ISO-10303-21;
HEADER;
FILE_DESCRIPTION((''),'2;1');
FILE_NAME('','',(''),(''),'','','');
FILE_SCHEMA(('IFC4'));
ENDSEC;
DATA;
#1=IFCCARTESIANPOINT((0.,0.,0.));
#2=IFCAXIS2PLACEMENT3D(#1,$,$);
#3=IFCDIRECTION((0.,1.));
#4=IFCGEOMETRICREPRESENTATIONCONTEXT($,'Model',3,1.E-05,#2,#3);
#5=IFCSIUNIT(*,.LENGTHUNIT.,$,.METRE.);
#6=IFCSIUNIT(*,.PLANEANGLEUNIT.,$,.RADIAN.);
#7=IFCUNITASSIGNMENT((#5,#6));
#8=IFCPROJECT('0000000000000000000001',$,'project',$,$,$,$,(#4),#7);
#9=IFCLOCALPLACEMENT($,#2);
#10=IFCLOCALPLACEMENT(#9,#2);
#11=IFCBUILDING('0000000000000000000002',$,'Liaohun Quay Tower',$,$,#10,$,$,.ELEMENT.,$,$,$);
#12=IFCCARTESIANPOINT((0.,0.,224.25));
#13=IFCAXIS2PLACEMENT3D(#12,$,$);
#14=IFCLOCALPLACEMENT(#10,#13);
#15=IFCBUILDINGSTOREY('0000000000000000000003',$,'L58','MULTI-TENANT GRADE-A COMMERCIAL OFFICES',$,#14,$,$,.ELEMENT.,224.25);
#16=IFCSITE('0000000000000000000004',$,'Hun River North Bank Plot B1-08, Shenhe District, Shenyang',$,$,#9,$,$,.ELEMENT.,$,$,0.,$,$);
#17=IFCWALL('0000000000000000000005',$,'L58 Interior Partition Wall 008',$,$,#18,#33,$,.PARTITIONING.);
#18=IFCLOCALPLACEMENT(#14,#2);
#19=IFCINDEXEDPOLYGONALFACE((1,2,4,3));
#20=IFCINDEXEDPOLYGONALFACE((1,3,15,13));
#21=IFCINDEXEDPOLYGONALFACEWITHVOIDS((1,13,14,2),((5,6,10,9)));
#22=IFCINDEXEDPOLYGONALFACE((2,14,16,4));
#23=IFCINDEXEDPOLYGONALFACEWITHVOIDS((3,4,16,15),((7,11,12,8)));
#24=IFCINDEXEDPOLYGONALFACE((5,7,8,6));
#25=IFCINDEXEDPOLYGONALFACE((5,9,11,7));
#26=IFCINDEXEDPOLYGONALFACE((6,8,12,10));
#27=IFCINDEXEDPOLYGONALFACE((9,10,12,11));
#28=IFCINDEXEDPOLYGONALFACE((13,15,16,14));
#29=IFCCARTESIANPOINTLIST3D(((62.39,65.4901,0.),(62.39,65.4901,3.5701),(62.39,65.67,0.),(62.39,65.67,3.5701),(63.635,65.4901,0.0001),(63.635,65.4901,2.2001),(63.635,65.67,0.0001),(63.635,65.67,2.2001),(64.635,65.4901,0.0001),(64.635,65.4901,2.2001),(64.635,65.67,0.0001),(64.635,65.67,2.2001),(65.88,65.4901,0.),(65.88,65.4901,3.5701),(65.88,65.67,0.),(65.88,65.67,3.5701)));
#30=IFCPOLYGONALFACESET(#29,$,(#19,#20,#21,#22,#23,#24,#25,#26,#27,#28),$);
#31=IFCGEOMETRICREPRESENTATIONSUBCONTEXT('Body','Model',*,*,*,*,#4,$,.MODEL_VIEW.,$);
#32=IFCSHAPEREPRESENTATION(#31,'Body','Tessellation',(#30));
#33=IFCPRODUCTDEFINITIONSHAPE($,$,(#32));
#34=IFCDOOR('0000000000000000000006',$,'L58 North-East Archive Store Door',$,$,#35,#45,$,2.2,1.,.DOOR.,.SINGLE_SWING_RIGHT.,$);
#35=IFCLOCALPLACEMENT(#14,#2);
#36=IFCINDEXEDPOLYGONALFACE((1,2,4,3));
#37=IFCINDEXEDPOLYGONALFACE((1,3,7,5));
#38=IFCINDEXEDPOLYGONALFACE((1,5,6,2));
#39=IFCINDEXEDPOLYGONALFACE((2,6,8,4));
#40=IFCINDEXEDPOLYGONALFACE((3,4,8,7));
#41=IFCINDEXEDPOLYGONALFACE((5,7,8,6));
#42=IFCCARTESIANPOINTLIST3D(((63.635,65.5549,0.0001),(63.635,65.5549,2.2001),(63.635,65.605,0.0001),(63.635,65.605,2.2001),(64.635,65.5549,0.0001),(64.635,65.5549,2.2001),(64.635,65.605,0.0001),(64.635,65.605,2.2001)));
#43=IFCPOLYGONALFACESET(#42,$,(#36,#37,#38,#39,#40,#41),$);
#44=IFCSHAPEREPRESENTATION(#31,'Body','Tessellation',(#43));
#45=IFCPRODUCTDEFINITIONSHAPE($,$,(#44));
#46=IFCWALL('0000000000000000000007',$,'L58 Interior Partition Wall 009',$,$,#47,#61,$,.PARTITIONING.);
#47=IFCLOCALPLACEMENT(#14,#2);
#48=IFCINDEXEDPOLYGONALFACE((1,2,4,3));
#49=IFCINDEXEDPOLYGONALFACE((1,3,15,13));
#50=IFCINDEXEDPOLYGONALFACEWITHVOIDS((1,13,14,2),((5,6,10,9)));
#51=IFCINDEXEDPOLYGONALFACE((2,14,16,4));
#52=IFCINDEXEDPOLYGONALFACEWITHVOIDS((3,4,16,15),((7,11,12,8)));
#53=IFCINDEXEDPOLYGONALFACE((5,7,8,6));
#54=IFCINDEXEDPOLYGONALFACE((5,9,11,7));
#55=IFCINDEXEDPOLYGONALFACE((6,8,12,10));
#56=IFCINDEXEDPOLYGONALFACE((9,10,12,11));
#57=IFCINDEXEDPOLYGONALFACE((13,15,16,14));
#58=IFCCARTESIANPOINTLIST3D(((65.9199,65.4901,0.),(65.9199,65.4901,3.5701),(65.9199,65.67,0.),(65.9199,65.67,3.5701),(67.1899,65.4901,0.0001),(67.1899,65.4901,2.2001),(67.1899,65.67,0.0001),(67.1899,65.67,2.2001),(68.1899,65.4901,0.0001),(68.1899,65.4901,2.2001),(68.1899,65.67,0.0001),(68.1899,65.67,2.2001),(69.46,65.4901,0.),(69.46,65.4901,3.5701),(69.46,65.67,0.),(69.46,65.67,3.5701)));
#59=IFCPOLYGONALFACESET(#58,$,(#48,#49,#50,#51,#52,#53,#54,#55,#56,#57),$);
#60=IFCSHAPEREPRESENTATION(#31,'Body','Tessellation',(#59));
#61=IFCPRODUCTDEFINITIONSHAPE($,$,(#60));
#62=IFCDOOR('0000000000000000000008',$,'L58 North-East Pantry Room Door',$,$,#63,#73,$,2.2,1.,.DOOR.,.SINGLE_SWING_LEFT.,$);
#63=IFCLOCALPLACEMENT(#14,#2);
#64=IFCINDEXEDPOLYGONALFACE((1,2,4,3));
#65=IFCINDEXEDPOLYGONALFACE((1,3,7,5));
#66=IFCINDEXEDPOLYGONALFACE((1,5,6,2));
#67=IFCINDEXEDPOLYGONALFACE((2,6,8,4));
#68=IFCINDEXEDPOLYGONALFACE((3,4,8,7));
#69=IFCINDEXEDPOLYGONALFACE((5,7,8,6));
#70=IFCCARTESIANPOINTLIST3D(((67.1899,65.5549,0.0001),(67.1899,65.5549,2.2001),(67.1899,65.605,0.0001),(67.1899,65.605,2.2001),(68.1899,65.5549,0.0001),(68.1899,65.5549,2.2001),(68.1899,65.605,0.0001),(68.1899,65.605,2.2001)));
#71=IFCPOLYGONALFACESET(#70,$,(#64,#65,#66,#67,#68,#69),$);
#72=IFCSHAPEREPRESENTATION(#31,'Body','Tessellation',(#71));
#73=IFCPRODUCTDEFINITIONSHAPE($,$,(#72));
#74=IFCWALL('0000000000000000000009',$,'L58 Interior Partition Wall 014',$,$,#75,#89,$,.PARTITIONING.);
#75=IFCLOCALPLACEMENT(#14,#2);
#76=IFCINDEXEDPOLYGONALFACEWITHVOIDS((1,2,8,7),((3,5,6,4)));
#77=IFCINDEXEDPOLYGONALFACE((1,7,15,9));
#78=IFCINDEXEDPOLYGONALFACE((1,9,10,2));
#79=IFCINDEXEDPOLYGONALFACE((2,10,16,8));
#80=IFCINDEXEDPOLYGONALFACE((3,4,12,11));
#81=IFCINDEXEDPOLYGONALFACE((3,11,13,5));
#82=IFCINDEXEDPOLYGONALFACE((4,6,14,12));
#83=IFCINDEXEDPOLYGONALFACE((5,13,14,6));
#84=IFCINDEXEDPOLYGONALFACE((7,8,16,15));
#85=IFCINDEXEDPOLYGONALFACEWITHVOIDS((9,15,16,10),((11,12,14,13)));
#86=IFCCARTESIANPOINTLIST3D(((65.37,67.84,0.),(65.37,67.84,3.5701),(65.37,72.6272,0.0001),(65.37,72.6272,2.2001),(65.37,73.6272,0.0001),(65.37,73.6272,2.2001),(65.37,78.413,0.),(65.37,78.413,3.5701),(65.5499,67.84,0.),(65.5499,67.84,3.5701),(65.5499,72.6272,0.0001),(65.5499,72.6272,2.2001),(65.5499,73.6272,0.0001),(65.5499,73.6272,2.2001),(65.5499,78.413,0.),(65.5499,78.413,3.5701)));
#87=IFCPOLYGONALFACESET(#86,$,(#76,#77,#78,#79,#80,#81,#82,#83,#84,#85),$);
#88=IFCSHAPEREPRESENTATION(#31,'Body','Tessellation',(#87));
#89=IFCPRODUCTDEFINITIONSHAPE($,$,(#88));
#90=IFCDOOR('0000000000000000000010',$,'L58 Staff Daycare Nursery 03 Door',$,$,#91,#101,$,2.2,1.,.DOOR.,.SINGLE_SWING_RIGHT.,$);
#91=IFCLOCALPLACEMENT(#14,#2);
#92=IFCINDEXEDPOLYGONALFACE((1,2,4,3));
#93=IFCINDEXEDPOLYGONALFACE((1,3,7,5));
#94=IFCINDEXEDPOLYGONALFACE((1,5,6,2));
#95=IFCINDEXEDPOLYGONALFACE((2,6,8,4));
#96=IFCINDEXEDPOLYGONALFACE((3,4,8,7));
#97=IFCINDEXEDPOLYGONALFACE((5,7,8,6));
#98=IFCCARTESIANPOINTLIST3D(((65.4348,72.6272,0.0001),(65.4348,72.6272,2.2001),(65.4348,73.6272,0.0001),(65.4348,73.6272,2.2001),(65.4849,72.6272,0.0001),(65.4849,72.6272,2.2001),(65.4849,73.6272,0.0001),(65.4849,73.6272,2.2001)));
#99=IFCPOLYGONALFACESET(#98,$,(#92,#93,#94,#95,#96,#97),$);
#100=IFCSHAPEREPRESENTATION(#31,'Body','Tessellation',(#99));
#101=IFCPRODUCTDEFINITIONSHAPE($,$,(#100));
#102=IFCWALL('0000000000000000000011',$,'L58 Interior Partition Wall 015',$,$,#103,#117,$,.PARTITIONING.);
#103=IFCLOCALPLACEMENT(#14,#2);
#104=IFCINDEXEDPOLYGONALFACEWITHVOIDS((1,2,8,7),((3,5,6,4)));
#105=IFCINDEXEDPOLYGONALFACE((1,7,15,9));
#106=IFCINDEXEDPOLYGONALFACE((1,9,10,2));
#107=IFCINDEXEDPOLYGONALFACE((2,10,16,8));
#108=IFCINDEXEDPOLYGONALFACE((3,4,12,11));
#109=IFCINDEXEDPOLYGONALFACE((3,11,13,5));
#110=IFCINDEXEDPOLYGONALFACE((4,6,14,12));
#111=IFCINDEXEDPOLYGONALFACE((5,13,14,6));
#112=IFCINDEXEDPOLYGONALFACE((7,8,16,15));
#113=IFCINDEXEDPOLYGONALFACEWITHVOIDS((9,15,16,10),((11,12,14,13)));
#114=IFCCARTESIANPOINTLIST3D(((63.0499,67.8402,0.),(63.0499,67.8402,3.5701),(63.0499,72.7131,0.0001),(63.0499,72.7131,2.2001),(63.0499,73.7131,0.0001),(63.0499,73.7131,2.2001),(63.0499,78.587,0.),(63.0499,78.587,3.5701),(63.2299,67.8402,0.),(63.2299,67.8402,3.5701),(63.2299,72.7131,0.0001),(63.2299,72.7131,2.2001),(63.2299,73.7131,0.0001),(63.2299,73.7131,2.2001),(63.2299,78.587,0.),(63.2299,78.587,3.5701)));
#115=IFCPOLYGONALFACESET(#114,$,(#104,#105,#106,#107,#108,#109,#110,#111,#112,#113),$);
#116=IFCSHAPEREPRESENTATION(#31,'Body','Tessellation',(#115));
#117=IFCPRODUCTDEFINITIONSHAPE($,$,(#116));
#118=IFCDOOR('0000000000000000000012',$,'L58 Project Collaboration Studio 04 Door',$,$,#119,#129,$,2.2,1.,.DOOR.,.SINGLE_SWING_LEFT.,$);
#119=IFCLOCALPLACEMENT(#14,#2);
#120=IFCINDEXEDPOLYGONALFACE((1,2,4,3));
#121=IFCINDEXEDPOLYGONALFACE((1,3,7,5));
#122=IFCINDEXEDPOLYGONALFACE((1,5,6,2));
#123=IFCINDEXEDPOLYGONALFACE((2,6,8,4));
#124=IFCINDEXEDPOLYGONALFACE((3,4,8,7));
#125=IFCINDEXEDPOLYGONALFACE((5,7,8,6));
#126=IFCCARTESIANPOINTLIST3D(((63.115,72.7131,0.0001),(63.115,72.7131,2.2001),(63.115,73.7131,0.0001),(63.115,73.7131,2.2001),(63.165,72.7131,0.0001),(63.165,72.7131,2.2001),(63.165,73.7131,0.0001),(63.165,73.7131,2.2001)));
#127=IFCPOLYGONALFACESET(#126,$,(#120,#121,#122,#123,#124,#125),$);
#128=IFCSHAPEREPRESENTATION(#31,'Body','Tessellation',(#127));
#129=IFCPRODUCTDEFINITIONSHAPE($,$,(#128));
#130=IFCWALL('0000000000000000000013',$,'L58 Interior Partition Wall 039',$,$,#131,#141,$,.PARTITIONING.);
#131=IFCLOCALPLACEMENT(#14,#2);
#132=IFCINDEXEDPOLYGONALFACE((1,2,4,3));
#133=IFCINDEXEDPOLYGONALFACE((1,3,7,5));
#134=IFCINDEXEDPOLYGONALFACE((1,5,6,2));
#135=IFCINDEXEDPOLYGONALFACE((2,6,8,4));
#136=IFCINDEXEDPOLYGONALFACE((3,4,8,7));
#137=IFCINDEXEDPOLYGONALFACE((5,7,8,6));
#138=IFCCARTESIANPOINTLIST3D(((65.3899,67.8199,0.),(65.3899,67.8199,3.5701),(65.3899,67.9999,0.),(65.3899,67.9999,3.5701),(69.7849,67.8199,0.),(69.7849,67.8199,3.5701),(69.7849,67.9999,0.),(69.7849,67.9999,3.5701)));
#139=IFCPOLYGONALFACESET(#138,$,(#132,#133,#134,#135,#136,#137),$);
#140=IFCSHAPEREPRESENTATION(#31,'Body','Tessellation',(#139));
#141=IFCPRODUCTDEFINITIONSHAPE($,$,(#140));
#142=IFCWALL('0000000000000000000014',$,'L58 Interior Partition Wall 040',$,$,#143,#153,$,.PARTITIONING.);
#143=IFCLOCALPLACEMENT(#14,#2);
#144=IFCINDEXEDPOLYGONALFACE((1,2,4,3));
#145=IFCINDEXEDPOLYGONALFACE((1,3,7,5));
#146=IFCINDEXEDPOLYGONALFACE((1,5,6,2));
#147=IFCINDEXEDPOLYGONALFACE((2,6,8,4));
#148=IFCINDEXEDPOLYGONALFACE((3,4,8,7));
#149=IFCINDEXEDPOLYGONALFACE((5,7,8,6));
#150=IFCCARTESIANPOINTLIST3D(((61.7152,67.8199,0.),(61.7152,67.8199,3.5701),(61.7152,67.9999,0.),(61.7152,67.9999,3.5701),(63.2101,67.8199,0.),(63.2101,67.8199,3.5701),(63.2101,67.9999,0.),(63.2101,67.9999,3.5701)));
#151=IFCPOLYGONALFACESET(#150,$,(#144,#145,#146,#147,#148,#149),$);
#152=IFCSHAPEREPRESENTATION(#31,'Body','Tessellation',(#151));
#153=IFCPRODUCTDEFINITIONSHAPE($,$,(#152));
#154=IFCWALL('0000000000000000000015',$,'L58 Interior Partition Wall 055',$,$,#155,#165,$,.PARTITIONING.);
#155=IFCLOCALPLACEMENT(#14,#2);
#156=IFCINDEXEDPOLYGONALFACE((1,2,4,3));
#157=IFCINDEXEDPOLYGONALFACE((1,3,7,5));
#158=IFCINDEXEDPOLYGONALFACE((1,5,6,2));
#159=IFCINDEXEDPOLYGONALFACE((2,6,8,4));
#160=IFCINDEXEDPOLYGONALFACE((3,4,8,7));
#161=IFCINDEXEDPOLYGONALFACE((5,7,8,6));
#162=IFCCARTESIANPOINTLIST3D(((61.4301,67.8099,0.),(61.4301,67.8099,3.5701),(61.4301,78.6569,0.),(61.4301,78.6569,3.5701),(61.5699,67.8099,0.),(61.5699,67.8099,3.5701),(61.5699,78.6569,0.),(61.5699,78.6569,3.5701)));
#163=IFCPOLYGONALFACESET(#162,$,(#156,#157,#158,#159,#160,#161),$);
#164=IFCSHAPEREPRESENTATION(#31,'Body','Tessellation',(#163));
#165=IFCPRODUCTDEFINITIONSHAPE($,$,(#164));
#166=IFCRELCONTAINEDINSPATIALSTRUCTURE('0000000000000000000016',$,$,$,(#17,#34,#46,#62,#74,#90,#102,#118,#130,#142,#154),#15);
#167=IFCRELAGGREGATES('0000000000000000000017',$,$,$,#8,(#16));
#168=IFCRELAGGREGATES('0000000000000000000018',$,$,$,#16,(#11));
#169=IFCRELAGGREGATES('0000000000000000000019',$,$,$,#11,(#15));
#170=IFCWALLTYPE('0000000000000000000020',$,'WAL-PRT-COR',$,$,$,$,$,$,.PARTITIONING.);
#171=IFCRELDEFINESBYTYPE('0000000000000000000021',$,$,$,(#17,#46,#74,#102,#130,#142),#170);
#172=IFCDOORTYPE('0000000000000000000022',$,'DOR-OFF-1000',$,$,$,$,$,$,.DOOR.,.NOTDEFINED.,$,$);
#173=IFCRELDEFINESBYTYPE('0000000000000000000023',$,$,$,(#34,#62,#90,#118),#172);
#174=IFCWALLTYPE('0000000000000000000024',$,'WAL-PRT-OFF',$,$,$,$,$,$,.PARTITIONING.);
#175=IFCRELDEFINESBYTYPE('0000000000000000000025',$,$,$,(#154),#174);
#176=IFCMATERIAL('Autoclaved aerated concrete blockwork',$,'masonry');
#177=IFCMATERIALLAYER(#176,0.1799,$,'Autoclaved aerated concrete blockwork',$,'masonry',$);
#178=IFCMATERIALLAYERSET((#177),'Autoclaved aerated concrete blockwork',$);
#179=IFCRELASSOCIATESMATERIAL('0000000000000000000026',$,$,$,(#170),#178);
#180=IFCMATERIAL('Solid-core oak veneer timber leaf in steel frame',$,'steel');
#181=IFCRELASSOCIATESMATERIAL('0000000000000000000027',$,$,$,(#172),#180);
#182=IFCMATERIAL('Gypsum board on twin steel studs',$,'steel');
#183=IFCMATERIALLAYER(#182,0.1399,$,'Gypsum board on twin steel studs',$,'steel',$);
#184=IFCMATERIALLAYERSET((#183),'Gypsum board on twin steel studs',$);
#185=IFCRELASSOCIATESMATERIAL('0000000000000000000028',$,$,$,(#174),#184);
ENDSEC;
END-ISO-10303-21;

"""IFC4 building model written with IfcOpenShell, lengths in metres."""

from ifc_helpers import new_model, si_unit, direction, frame, frame_2d, origin, place, context, subcontext, project, spatial, rectangle, extrude, source, transform, mapped, material, layer, layer_set, type_object, element, fill, save


model = new_model("IFC4")

# Units and contexts
model_context = context("Model", 3, precision=1e-05, world=origin(), true_north=direction((0.0, 1.0)))
body_context = subcontext(model_context, "Body", "Model", "MODEL_VIEW")
ifc_project = project(units=[si_unit("LENGTHUNIT", "METRE"), si_unit("PLANEANGLEUNIT", "RADIAN")], contexts=[model_context])

# Site, building, storey
site_placement = place(None, origin())
site = spatial("IfcSite", under=ifc_project, at=site_placement, Name="Hun River North Bank Plot B1-08, Shenhe District, Shenyang", CompositionType="ELEMENT", RefElevation=0.0)
building_placement = place(site_placement, origin())
building = spatial("IfcBuilding", under=site, at=building_placement, Name="Liaohun Quay Tower", CompositionType="ELEMENT")
storey_placement = place(building_placement, frame((0.0, 0.0, 224.25)))
storey = spatial("IfcBuildingStorey", under=building, at=storey_placement, Name="L58", Description="MULTI-TENANT GRADE-A COMMERCIAL OFFICES", CompositionType="ELEMENT", Elevation=224.25)

# Walls, openings, doors
ifc_material_1 = material(Name="Autoclaved aerated concrete blockwork", Category="masonry")
ifc_layer_1 = layer(ifc_material_1, 0.1799, Name="Autoclaved aerated concrete blockwork", Category="masonry")
ifc_layer_set_1 = layer_set([ifc_layer_1], Name="Autoclaved aerated concrete blockwork")
wall_type_1 = type_object("IfcWallType", Name="WAL-PRT-COR", PredefinedType="PARTITIONING", material=ifc_layer_set_1)
wall_1_placement = place(storey_placement, frame((62.3899, 65.5801, 0.0), z_axis=(0.0, 0.0, 1.0), x_axis=(1.0, 0.0, 0.0)))
wall_1 = element("IfcWall", 1, at=wall_1_placement, inside=storey, type_object=wall_type_1, Name="L58 Interior Partition Wall 008", PredefinedType="PARTITIONING", context=body_context, shape_type="SweptSolid", body=[
    extrude(rectangle(XDim=3.49, YDim=0.1799, at=frame_2d((1.7451, 0.0))), origin(), (0.0, 0.0, 1.0), 3.5701),
])
shared_shape_1 = source(origin(), body_context, "Body", "SweptSolid", [
    extrude(rectangle(XDim=1.0, YDim=2.2, at=frame_2d((0.5, 1.1001))), frame((0.0, 0.0999, 0.0), z_axis=(0.0, -1.0, 0.0), x_axis=(1.0, 0.0, 0.0)), (0.0, 0.0, 1.0), 0.2),
])
opening_1_placement = place(wall_1_placement, frame((1.2451, 0.0, 0.0)))
opening_1 = element("IfcOpeningElement", 2, at=opening_1_placement, cuts=wall_1, PredefinedType="OPENING", context=body_context, shape_type="MappedRepresentation", body=[
    mapped(shared_shape_1, transform((0.0, 0.0, 0.0), x_axis=(1.0, 0.0, 0.0), y_axis=(0.0, 1.0, 0.0), z_axis=(0.0, 0.0, 1.0), scale=1.0)),
])
ifc_material_2 = material(Name="Solid-core oak veneer timber leaf in steel frame", Category="steel")
door_type_1 = type_object("IfcDoorType", Name="DOR-OFF-1000", OperationType="NOTDEFINED", PredefinedType="DOOR", material=ifc_material_2)
shared_shape_2 = source(origin(), body_context, "Body", "SweptSolid", [
    extrude(rectangle(XDim=1.0, YDim=2.2, at=frame_2d((0.5, 1.1001))), frame((0.0, 0.0249, 0.0), z_axis=(0.0, -1.0, 0.0), x_axis=(1.0, 0.0, 0.0)), (0.0, 0.0, 1.0), 0.05),
])
door_1_placement = place(opening_1_placement, origin())
door_1 = element("IfcDoor", 3, at=door_1_placement, inside=storey, type_object=door_type_1, Name="L58 North-East Archive Store Door", OperationType="SINGLE_SWING_RIGHT", OverallHeight=2.2, OverallWidth=1.0, PredefinedType="DOOR", context=body_context, shape_type="MappedRepresentation", body=[
    mapped(shared_shape_2, transform((0.0, 0.0, 0.0), x_axis=(1.0, 0.0, 0.0), y_axis=(0.0, 1.0, 0.0), z_axis=(0.0, 0.0, 1.0), scale=1.0)),
])
fill(opening_1, door_1)
wall_2_placement = place(storey_placement, frame((65.9199, 65.5801, 0.0), z_axis=(0.0, 0.0, 1.0), x_axis=(1.0, 0.0, 0.0)))
wall_2 = element("IfcWall", 4, at=wall_2_placement, inside=storey, type_object=wall_type_1, Name="L58 Interior Partition Wall 009", PredefinedType="PARTITIONING", context=body_context, shape_type="SweptSolid", body=[
    extrude(rectangle(XDim=3.54, YDim=0.1799, at=frame_2d((1.77, 0.0))), origin(), (0.0, 0.0, 1.0), 3.5701),
])
opening_2_placement = place(wall_2_placement, frame((1.27, 0.0, 0.0)))
opening_2 = element("IfcOpeningElement", 5, at=opening_2_placement, cuts=wall_2, PredefinedType="OPENING", context=body_context, shape_type="MappedRepresentation", body=[
    mapped(shared_shape_1, transform((0.0, 0.0, 0.0), x_axis=(1.0, 0.0, 0.0), y_axis=(0.0, 1.0, 0.0), z_axis=(0.0, 0.0, 1.0), scale=1.0)),
])
door_2_placement = place(opening_2_placement, origin())
door_2 = element("IfcDoor", 6, at=door_2_placement, inside=storey, type_object=door_type_1, Name="L58 North-East Pantry Room Door", OperationType="SINGLE_SWING_LEFT", OverallHeight=2.2, OverallWidth=1.0, PredefinedType="DOOR", context=body_context, shape_type="MappedRepresentation", body=[
    mapped(shared_shape_2, transform((0.0, 0.0, 0.0), x_axis=(1.0, 0.0, 0.0), y_axis=(0.0, 1.0, 0.0), z_axis=(0.0, 0.0, 1.0), scale=1.0)),
])
fill(opening_2, door_2)
wall_3_placement = place(storey_placement, frame((65.46, 78.4131, 0.0), z_axis=(0.0, 0.0, 1.0), x_axis=(0.0, -1.0, 0.0)))
wall_3 = element("IfcWall", 7, at=wall_3_placement, inside=storey, type_object=wall_type_1, Name="L58 Interior Partition Wall 014", PredefinedType="PARTITIONING", context=body_context, shape_type="SweptSolid", body=[
    extrude(rectangle(XDim=10.573, YDim=0.1799, at=frame_2d((5.2866, 0.0))), origin(), (0.0, 0.0, 1.0), 3.5701),
])
opening_3_placement = place(wall_3_placement, frame((4.7859, 0.0, 0.0)))
opening_3 = element("IfcOpeningElement", 8, at=opening_3_placement, cuts=wall_3, PredefinedType="OPENING", context=body_context, shape_type="MappedRepresentation", body=[
    mapped(shared_shape_1, transform((0.0, 0.0, 0.0), x_axis=(1.0, 0.0, 0.0), y_axis=(0.0, 1.0, 0.0), z_axis=(0.0, 0.0, 1.0), scale=1.0)),
])
door_3_placement = place(opening_3_placement, origin())
door_3 = element("IfcDoor", 9, at=door_3_placement, inside=storey, type_object=door_type_1, Name="L58 Staff Daycare Nursery 03 Door", OperationType="SINGLE_SWING_RIGHT", OverallHeight=2.2, OverallWidth=1.0, PredefinedType="DOOR", context=body_context, shape_type="MappedRepresentation", body=[
    mapped(shared_shape_2, transform((0.0, 0.0, 0.0), x_axis=(1.0, 0.0, 0.0), y_axis=(0.0, 1.0, 0.0), z_axis=(0.0, 0.0, 1.0), scale=1.0)),
])
fill(opening_3, door_3)
wall_4_placement = place(storey_placement, frame((63.1399, 67.8401, 0.0), z_axis=(0.0, 0.0, 1.0), x_axis=(0.0, 1.0, 0.0)))
wall_4 = element("IfcWall", 10, at=wall_4_placement, inside=storey, type_object=wall_type_1, Name="L58 Interior Partition Wall 015", PredefinedType="PARTITIONING", context=body_context, shape_type="SweptSolid", body=[
    extrude(rectangle(XDim=10.7468, YDim=0.1799, at=frame_2d((5.3735, 0.0))), origin(), (0.0, 0.0, 1.0), 3.5701),
])
opening_4_placement = place(wall_4_placement, frame((4.873, 0.0, 0.0)))
opening_4 = element("IfcOpeningElement", 11, at=opening_4_placement, cuts=wall_4, PredefinedType="OPENING", context=body_context, shape_type="MappedRepresentation", body=[
    mapped(shared_shape_1, transform((0.0, 0.0, 0.0), x_axis=(1.0, 0.0, 0.0), y_axis=(0.0, 1.0, 0.0), z_axis=(0.0, 0.0, 1.0), scale=1.0)),
])
door_4_placement = place(opening_4_placement, origin())
door_4 = element("IfcDoor", 12, at=door_4_placement, inside=storey, type_object=door_type_1, Name="L58 Project Collaboration Studio 04 Door", OperationType="SINGLE_SWING_LEFT", OverallHeight=2.2, OverallWidth=1.0, PredefinedType="DOOR", context=body_context, shape_type="MappedRepresentation", body=[
    mapped(shared_shape_2, transform((0.0, 0.0, 0.0), x_axis=(1.0, 0.0, 0.0), y_axis=(0.0, 1.0, 0.0), z_axis=(0.0, 0.0, 1.0), scale=1.0)),
])
fill(opening_4, door_4)

# Walls
wall_5_placement = place(storey_placement, frame((65.3899, 67.9099, 0.0), z_axis=(0.0, 0.0, 1.0), x_axis=(1.0, 0.0, 0.0)))
element("IfcWall", 13, at=wall_5_placement, inside=storey, type_object=wall_type_1, Name="L58 Interior Partition Wall 039", PredefinedType="PARTITIONING", context=body_context, shape_type="SweptSolid", body=[
    extrude(rectangle(XDim=4.395, YDim=0.1799, at=frame_2d((2.1975, 0.0))), origin(), (0.0, 0.0, 1.0), 3.5701),
])
wall_6_placement = place(storey_placement, frame((61.7151, 67.9099, 0.0), z_axis=(0.0, 0.0, 1.0), x_axis=(1.0, 0.0, 0.0)))
element("IfcWall", 14, at=wall_6_placement, inside=storey, type_object=wall_type_1, Name="L58 Interior Partition Wall 040", PredefinedType="PARTITIONING", context=body_context, shape_type="SweptSolid", body=[
    extrude(rectangle(XDim=1.4949, YDim=0.1799, at=frame_2d((0.7476, 0.0))), origin(), (0.0, 0.0, 1.0), 3.5701),
])
ifc_material_3 = material(Name="Gypsum board on twin steel studs", Category="steel")
ifc_layer_2 = layer(ifc_material_3, 0.1399, Name="Gypsum board on twin steel studs", Category="steel")
ifc_layer_set_2 = layer_set([ifc_layer_2], Name="Gypsum board on twin steel studs")
wall_type_2 = type_object("IfcWallType", Name="WAL-PRT-OFF", PredefinedType="PARTITIONING", material=ifc_layer_set_2)
wall_7_placement = place(storey_placement, frame((61.5, 67.8101, 0.0), z_axis=(0.0, 0.0, 1.0), x_axis=(0.0, 1.0, 0.0)))
element("IfcWall", 15, at=wall_7_placement, inside=storey, type_object=wall_type_2, Name="L58 Interior Partition Wall 055", PredefinedType="PARTITIONING", context=body_context, shape_type="SweptSolid", body=[
    extrude(rectangle(XDim=10.8469, YDim=0.1399, at=frame_2d((5.4233, 0.0))), origin(), (0.0, 0.0, 1.0), 3.5701),
])

save(model, "model.ifc")
